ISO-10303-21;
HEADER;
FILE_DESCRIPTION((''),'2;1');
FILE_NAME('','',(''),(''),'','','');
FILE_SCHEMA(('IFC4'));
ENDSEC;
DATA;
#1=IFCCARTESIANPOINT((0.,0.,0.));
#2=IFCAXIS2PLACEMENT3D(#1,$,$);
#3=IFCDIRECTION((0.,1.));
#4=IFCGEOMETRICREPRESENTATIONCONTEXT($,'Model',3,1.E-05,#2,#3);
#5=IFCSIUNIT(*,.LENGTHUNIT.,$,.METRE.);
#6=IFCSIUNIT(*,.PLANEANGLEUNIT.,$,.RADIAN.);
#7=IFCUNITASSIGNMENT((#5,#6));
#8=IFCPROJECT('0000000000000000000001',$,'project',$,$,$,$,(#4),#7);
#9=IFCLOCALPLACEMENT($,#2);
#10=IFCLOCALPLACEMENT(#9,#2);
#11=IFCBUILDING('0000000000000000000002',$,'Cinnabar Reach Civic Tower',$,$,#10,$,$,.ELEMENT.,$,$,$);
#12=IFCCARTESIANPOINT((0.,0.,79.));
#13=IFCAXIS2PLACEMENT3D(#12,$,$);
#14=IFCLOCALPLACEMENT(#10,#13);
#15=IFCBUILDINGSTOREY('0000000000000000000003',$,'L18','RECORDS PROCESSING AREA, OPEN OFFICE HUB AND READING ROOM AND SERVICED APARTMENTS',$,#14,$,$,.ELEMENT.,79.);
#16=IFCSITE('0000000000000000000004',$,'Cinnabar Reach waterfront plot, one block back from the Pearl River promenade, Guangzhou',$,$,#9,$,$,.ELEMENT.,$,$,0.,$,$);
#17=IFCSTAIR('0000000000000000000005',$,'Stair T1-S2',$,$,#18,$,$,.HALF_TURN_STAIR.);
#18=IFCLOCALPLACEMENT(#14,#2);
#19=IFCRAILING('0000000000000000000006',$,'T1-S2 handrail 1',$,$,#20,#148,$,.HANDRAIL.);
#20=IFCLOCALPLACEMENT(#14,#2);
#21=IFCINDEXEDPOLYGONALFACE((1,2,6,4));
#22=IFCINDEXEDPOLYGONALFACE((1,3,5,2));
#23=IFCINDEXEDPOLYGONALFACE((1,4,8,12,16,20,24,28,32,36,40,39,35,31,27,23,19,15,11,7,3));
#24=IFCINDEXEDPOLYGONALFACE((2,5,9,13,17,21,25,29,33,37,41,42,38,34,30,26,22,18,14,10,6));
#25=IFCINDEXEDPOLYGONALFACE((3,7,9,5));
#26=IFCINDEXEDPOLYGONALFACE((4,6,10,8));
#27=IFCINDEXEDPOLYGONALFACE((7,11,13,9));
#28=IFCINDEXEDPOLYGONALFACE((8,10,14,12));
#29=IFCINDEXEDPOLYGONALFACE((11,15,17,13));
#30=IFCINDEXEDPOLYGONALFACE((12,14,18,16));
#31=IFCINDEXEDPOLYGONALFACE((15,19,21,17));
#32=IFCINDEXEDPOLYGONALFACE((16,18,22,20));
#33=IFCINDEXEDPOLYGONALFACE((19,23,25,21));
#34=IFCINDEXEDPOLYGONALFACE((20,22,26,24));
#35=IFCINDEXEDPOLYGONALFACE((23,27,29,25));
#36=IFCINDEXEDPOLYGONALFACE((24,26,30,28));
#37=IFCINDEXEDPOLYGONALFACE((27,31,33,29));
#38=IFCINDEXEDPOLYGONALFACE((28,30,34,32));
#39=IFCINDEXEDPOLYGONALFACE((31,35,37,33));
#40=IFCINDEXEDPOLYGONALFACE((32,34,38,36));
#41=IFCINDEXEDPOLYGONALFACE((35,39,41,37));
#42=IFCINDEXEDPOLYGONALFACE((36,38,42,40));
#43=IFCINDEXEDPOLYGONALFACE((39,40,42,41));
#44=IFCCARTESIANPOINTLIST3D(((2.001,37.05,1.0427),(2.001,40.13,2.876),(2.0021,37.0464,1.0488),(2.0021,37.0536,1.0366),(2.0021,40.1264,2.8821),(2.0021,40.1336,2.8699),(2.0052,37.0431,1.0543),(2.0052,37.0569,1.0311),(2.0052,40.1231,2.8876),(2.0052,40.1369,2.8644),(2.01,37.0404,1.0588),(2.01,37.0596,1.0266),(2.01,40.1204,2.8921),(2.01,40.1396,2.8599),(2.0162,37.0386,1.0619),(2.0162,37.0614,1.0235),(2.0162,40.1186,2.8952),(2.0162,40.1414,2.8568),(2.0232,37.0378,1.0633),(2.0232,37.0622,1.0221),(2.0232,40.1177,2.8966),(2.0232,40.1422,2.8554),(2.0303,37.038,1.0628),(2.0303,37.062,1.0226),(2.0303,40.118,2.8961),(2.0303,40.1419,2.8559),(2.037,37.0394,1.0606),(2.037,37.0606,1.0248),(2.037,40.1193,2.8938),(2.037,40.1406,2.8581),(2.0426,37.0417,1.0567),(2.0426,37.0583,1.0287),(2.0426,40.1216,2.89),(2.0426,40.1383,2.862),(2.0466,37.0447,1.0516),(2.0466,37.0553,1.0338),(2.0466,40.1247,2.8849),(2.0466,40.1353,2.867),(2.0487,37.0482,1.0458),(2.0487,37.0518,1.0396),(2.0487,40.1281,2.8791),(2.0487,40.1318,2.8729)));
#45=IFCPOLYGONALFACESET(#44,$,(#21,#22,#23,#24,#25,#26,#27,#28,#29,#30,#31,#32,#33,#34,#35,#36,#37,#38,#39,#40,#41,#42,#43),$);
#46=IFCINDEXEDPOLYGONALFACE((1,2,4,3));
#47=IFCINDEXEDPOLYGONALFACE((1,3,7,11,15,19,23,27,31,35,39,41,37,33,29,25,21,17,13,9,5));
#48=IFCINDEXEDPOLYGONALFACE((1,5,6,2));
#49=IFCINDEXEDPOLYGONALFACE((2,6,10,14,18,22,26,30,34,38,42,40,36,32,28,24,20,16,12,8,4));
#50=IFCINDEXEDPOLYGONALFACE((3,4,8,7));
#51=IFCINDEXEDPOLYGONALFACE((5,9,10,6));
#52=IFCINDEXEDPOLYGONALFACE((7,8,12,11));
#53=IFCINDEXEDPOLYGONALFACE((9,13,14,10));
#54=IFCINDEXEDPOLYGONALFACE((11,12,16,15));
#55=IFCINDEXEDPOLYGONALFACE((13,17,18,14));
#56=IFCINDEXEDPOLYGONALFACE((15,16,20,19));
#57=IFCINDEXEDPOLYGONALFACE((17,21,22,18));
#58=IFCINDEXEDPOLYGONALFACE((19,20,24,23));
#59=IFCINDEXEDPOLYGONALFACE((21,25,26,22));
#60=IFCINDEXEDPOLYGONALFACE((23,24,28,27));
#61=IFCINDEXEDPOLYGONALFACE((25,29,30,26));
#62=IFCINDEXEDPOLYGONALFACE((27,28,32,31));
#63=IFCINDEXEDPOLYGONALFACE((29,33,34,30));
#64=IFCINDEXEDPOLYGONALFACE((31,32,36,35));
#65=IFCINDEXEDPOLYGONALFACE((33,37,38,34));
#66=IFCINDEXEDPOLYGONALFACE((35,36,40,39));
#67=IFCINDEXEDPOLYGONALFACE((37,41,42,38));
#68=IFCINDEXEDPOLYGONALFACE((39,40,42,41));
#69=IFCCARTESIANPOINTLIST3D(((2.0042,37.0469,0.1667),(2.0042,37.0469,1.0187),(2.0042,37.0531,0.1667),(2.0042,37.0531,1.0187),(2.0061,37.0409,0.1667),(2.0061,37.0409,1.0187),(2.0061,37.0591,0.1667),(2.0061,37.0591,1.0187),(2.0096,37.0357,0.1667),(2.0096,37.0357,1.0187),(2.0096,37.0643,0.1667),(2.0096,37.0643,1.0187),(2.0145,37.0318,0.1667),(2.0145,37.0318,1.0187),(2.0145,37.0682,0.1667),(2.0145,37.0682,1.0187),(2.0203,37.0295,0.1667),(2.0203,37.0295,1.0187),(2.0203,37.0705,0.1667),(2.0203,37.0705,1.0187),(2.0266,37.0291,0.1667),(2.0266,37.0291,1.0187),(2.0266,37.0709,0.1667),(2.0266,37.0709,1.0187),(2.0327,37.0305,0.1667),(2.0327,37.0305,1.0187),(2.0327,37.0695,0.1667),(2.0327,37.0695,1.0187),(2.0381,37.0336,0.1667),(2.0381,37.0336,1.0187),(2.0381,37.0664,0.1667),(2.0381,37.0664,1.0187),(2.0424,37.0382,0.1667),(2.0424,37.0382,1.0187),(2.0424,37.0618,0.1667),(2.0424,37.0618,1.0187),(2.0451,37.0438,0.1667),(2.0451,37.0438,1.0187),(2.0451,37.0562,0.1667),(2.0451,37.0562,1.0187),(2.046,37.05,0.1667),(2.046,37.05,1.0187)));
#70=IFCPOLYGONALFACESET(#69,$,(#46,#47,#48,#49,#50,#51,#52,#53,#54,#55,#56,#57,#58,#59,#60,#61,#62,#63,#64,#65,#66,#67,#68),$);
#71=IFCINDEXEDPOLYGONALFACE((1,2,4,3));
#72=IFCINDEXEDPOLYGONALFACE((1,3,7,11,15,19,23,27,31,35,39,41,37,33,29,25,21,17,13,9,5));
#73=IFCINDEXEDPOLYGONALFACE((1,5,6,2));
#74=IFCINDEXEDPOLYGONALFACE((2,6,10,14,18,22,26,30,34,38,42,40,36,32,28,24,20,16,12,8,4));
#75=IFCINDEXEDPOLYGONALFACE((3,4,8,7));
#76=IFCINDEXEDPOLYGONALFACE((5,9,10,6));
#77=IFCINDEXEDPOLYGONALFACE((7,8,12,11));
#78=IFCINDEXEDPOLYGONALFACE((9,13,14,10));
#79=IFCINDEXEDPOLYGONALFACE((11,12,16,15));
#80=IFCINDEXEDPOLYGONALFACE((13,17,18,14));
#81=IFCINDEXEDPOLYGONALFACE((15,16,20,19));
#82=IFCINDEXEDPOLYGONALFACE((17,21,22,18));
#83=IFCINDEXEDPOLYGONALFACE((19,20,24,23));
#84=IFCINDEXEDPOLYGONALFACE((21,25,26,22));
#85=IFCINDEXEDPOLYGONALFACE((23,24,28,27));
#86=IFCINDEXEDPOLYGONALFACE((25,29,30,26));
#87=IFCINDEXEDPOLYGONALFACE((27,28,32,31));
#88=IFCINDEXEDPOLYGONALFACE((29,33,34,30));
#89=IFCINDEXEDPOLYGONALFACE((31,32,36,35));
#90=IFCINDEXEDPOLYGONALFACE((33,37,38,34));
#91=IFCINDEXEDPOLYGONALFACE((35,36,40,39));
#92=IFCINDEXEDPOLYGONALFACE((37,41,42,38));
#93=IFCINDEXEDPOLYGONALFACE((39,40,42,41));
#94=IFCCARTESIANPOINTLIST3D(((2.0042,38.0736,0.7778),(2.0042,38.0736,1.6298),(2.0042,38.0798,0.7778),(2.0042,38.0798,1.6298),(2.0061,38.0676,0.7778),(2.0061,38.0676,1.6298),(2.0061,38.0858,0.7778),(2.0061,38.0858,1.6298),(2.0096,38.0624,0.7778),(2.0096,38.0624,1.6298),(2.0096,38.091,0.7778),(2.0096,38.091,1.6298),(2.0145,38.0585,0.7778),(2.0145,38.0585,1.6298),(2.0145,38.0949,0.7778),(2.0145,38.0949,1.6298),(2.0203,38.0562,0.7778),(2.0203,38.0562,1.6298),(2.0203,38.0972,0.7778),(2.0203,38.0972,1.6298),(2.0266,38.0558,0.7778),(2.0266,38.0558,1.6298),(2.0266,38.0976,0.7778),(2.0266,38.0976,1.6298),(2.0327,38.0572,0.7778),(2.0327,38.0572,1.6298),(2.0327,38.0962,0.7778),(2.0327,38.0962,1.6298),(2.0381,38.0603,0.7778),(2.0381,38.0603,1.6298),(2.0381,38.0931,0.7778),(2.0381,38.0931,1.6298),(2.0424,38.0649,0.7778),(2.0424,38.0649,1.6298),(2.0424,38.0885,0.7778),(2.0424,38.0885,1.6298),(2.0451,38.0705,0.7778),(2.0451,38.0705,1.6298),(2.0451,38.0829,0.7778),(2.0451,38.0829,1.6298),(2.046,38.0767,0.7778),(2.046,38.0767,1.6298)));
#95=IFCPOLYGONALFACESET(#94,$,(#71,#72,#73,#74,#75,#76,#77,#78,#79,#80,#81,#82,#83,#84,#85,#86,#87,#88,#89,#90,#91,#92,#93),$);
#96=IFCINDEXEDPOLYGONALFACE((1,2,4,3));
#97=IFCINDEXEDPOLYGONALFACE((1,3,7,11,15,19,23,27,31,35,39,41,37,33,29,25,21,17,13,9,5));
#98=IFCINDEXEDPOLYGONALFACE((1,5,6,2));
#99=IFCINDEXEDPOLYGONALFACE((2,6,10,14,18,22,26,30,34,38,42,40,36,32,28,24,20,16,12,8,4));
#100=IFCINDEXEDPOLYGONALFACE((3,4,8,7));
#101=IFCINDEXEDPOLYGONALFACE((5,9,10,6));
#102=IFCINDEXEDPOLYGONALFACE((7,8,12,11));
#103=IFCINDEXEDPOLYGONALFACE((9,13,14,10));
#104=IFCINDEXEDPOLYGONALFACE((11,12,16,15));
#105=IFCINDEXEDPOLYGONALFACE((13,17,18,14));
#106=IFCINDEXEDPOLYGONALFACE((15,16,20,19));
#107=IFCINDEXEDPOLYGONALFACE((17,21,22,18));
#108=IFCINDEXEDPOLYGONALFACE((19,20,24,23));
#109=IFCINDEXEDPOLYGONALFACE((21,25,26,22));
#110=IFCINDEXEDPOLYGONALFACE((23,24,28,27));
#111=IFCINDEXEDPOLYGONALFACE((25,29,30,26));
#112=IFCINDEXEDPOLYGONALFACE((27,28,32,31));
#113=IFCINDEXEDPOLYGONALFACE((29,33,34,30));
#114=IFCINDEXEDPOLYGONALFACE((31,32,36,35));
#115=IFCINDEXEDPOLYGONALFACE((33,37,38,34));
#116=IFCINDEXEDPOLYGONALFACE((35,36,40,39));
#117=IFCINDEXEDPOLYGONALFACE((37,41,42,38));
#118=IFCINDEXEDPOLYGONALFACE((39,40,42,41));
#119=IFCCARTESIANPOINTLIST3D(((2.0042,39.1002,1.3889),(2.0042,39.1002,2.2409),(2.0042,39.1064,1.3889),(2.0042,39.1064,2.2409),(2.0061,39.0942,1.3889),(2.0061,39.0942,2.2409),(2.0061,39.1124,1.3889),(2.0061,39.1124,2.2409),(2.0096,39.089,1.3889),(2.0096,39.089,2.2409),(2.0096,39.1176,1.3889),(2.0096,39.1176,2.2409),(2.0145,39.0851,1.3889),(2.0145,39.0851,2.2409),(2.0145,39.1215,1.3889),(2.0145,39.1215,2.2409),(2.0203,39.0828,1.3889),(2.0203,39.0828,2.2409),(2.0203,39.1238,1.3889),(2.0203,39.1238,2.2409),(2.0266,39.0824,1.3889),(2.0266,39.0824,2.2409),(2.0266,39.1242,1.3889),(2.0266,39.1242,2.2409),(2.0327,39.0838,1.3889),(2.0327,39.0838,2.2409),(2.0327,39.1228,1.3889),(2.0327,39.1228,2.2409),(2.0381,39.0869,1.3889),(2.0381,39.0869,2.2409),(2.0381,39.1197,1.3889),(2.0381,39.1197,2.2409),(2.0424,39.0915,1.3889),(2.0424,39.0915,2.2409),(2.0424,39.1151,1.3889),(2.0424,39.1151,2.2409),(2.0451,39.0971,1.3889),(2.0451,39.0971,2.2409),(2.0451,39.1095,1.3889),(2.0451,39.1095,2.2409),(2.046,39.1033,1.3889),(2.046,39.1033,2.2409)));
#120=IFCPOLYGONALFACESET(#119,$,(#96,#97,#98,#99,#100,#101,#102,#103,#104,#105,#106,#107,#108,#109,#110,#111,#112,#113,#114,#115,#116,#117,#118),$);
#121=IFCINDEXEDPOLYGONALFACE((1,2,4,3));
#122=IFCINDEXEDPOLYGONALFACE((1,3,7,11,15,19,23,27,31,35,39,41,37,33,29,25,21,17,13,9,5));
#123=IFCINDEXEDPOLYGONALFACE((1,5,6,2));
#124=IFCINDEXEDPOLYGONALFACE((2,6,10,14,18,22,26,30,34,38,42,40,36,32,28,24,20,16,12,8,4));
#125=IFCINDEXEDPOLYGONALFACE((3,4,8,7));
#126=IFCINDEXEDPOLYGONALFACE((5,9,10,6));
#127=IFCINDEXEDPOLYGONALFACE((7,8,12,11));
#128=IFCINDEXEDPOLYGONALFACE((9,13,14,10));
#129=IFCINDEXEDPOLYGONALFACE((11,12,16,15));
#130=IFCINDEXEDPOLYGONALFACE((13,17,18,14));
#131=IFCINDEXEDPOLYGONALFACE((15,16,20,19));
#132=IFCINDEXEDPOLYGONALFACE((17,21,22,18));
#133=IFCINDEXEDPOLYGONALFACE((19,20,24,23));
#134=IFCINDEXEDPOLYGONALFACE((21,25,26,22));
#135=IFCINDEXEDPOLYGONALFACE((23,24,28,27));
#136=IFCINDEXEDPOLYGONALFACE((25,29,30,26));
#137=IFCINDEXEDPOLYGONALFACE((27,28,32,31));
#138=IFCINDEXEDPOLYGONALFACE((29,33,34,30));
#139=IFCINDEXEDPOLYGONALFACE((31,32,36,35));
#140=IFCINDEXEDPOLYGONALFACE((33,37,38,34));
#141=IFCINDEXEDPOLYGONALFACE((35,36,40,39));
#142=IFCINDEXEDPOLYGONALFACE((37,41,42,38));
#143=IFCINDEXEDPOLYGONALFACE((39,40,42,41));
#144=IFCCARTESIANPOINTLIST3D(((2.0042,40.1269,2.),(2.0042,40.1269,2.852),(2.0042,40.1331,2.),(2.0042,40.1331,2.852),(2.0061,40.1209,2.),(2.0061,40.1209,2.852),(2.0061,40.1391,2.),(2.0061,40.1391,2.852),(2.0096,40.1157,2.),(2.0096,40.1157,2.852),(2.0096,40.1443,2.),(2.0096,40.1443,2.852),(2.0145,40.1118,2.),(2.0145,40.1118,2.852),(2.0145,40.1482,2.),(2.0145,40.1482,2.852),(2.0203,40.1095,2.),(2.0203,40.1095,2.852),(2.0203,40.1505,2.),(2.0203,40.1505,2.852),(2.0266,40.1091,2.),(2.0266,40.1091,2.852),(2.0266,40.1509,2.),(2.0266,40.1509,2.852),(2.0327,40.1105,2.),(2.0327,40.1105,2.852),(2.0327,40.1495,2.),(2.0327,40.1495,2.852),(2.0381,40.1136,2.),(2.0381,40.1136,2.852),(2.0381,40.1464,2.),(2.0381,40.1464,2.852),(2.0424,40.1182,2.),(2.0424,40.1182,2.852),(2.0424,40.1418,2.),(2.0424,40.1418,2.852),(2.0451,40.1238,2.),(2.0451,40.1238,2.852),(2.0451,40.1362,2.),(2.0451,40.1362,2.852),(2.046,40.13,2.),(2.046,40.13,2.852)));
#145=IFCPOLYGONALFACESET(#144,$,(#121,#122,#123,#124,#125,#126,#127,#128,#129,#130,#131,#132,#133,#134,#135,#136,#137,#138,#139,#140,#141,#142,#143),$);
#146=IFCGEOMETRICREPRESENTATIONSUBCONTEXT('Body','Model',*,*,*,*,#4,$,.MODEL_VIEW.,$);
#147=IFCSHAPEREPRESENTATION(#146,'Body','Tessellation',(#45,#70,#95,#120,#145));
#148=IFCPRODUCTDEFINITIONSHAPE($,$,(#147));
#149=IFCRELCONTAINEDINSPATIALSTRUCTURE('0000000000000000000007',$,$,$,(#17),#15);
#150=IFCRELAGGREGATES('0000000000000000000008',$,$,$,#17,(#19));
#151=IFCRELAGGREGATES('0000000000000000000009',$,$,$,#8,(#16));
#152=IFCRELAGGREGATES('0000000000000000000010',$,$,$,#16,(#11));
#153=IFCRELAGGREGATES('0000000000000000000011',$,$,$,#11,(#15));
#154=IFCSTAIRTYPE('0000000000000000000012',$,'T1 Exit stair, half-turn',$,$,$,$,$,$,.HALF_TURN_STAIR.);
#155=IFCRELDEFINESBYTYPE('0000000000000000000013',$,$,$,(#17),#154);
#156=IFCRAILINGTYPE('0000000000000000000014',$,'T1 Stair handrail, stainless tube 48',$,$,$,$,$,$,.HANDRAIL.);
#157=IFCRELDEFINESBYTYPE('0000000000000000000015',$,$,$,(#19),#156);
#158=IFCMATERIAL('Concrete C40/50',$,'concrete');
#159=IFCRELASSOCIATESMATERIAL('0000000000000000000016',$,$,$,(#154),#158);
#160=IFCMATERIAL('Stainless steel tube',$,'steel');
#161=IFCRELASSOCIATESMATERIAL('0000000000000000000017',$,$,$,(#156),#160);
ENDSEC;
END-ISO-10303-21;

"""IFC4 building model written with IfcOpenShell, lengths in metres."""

from ifc_helpers import new_model, si_unit, direction, frame, origin, origin_2d, place, context, subcontext, project, spatial, circle, extrude, material, type_object, element, aggregate, save


model = new_model("IFC4")

# Units and contexts
model_context = context("Model", 3, precision=1e-05, world=origin(), true_north=direction((0.0, 1.0)))
body_context = subcontext(model_context, "Body", "Model", "MODEL_VIEW")
ifc_project = project(units=[si_unit("LENGTHUNIT", "METRE"), si_unit("PLANEANGLEUNIT", "RADIAN")], contexts=[model_context])

# Site, building, storey
site_placement = place(None, origin())
site = spatial("IfcSite", under=ifc_project, at=site_placement, Name="Cinnabar Reach waterfront plot, one block back from the Pearl River promenade, Guangzhou", CompositionType="ELEMENT", RefElevation=0.0)
building_placement = place(site_placement, origin())
building = spatial("IfcBuilding", under=site, at=building_placement, Name="Cinnabar Reach Civic Tower", CompositionType="ELEMENT")
storey_placement = place(building_placement, frame((0.0, 0.0, 79.0)))
storey = spatial("IfcBuildingStorey", under=building, at=storey_placement, Name="L18", Description="RECORDS PROCESSING AREA, OPEN OFFICE HUB AND READING ROOM AND SERVICED APARTMENTS", CompositionType="ELEMENT", Elevation=79.0)

# Stair, railing
ifc_material_1 = material(Name="Concrete C40/50", Category="concrete")
stair_type = type_object("IfcStairType", Name="T1 Exit stair, half-turn", PredefinedType="HALF_TURN_STAIR", material=ifc_material_1)
stair_placement = place(storey_placement, origin())
stair = element("IfcStair", 1, at=stair_placement, inside=storey, type_object=stair_type, Name="Stair T1-S2", PredefinedType="HALF_TURN_STAIR")
ifc_material_2 = material(Name="Stainless steel tube", Category="steel")
railing_type = type_object("IfcRailingType", Name="T1 Stair handrail, stainless tube 48", PredefinedType="HANDRAIL", material=ifc_material_2)
railing_placement = place(storey_placement, frame((2.025, 37.05, 0.1667)))
railing = element("IfcRailing", 2, at=railing_placement, type_object=railing_type, Name="T1-S2 handrail 1", PredefinedType="HANDRAIL", context=body_context, shape_type="SweptSolid", body=[
    extrude(circle(Radius=0.024, at=origin_2d()), frame((0.0, 0.0, 0.876), z_axis=(0.0, 0.859297, 0.511477), x_axis=(-1.0, 0.0, 0.0)), (0.0, 0.0, 1.0), 3.5843),
    extrude(circle(Radius=0.021, at=origin_2d()), origin(), (0.0, 0.0, 1.0), 0.852),
    extrude(circle(Radius=0.021, at=origin_2d()), frame((0.0, 1.0267, 0.6111)), (0.0, 0.0, 1.0), 0.852),
    extrude(circle(Radius=0.021, at=origin_2d()), frame((0.0, 2.0533, 1.2222)), (0.0, 0.0, 1.0), 0.852),
    extrude(circle(Radius=0.021, at=origin_2d()), frame((0.0, 3.08, 1.8333)), (0.0, 0.0, 1.0), 0.852),
])
aggregate(stair, [railing])

save(model, "model.ifc")
